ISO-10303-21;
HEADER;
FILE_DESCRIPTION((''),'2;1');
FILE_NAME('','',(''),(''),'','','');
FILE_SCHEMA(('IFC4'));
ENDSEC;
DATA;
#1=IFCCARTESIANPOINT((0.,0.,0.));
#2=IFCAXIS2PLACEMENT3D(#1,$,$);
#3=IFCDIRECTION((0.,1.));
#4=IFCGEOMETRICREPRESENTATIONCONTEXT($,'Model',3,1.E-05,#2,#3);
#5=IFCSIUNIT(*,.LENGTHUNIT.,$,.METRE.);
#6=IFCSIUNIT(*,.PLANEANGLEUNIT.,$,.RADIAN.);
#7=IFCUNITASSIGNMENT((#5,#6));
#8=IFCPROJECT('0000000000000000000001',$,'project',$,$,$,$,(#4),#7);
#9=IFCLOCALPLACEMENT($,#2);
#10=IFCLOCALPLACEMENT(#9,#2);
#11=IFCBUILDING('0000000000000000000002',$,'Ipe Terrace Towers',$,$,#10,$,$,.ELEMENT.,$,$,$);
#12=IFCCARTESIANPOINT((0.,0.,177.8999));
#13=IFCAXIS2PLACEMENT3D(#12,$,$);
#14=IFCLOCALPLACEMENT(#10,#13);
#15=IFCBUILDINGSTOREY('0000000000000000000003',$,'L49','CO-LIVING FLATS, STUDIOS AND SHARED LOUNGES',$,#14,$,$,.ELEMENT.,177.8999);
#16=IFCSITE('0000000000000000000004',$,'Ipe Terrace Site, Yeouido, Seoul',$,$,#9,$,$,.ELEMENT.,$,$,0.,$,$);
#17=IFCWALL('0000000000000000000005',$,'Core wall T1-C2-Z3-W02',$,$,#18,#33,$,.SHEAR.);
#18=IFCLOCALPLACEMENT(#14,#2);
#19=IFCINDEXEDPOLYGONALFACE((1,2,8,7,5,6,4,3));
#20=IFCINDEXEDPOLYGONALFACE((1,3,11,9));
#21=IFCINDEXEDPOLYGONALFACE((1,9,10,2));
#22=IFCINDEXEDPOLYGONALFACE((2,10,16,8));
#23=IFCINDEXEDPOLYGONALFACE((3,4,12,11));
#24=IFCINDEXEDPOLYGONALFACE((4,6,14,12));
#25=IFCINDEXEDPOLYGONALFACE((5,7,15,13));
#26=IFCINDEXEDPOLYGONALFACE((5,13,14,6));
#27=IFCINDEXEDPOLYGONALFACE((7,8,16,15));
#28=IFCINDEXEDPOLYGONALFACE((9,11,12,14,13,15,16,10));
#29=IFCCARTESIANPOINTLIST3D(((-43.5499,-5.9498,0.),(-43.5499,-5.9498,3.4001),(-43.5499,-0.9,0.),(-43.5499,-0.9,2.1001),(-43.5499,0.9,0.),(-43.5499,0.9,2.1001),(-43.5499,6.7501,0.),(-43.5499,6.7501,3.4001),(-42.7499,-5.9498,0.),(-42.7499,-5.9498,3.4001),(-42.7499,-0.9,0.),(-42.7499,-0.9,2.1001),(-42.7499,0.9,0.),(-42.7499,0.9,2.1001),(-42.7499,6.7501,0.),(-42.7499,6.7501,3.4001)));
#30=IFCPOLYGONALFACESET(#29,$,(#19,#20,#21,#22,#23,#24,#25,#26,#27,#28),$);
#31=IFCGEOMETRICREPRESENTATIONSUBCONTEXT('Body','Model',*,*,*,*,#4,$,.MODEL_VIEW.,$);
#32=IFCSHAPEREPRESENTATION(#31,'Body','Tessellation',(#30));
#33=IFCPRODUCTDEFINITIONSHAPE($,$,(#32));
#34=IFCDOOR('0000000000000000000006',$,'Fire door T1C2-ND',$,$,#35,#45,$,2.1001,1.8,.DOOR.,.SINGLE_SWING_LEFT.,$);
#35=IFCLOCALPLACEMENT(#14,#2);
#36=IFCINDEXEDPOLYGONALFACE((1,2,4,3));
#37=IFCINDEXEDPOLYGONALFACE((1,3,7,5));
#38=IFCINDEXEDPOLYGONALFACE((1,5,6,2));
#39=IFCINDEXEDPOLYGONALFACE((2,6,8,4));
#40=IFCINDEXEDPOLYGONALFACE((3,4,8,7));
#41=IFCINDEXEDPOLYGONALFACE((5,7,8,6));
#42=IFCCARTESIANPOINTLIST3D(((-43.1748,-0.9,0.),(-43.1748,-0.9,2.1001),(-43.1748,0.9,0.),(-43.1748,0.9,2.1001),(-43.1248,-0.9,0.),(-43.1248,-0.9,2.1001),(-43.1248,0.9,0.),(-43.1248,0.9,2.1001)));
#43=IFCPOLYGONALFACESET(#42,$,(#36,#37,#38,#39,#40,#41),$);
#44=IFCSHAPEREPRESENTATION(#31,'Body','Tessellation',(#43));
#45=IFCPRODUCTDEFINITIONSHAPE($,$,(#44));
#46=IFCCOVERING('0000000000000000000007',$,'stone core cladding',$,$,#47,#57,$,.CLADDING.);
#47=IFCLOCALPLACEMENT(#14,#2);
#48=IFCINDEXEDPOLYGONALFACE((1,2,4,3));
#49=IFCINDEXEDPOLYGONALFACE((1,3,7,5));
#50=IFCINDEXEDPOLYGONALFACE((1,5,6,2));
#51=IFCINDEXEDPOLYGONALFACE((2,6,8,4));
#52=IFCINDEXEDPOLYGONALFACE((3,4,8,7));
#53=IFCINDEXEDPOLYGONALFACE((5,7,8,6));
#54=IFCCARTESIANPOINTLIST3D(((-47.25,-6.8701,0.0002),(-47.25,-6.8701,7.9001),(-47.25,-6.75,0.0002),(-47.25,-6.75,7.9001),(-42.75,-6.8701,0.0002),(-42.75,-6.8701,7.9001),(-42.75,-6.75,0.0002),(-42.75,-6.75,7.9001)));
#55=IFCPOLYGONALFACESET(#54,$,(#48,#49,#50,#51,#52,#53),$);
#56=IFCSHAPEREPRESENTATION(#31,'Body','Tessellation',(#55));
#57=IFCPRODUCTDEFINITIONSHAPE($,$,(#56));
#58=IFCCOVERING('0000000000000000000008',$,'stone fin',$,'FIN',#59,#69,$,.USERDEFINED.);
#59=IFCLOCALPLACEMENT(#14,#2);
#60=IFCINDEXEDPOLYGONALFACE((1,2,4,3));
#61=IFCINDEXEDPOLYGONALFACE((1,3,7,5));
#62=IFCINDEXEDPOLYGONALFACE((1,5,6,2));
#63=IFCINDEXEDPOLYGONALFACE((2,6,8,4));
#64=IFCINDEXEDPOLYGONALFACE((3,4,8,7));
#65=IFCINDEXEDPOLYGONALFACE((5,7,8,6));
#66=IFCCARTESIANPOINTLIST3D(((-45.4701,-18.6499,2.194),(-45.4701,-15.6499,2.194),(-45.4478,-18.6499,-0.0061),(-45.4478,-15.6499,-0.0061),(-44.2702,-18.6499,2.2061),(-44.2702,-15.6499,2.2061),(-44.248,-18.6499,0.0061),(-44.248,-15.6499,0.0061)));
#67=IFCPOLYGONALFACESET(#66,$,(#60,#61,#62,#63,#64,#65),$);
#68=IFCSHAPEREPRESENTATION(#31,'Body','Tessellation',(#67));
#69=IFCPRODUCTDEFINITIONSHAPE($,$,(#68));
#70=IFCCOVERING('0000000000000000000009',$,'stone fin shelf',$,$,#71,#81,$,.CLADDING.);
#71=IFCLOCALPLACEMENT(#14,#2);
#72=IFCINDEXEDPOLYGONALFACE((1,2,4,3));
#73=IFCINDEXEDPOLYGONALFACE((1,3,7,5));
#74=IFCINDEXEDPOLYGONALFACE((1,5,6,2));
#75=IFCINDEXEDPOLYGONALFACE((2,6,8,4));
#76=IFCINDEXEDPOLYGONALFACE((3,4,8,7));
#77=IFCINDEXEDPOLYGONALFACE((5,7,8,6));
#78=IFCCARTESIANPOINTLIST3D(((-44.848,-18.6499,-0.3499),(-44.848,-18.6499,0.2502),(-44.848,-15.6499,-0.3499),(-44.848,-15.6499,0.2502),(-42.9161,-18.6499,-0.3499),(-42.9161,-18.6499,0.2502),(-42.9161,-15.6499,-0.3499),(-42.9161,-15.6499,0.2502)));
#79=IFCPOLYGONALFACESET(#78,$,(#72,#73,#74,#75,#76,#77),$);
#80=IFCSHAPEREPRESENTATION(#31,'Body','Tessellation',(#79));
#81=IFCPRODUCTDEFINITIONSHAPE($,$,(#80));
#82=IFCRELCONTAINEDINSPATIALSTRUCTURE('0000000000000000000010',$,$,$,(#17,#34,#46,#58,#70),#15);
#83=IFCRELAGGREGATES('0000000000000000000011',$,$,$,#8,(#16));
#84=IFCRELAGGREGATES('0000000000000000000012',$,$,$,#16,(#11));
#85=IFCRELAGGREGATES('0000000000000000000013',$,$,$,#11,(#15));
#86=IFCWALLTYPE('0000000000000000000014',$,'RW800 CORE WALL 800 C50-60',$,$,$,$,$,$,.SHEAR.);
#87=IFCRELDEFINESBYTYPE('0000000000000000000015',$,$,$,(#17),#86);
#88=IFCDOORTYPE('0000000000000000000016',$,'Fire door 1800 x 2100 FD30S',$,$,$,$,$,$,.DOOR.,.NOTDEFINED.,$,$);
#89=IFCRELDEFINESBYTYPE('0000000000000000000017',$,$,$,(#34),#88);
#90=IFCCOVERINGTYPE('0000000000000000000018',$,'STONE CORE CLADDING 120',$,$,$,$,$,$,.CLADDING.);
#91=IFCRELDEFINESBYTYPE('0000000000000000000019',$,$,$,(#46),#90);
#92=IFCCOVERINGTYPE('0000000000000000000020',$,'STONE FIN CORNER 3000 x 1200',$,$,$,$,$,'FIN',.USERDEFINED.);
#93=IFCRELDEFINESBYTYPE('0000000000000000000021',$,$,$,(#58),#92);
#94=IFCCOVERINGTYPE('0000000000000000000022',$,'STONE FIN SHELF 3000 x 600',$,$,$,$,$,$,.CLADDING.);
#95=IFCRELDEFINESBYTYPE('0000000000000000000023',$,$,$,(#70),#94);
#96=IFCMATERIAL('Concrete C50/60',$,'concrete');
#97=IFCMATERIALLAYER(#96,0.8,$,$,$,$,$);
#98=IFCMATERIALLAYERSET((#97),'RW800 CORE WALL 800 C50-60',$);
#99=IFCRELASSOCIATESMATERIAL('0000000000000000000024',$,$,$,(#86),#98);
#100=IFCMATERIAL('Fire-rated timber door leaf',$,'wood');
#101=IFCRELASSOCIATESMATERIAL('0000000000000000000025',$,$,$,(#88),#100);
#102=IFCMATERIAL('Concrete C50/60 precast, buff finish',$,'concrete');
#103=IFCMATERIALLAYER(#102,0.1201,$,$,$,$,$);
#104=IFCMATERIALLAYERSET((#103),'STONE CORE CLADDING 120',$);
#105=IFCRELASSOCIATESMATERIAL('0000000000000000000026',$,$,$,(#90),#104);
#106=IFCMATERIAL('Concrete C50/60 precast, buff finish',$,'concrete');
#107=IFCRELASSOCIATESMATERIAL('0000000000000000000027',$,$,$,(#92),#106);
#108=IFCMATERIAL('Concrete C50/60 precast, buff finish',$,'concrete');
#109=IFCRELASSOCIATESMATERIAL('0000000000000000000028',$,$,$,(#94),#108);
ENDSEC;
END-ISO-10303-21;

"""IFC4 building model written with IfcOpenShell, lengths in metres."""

from ifc_helpers import new_model, si_unit, direction, frame, frame_2d, origin, origin_2d, place, context, subcontext, project, spatial, rectangle, extrude, material, layer, layer_set, material_profile, profile_set, type_object, element, fill, save


model = new_model("IFC4")

# Units and contexts
model_context = context("Model", 3, precision=1e-05, world=origin(), true_north=direction((0.0, 1.0)))
body_context = subcontext(model_context, "Body", "Model", "MODEL_VIEW")
ifc_project = project(units=[si_unit("LENGTHUNIT", "METRE"), si_unit("PLANEANGLEUNIT", "RADIAN")], contexts=[model_context])

# Site, building, storey
site_placement = place(None, origin())
site = spatial("IfcSite", under=ifc_project, at=site_placement, Name="Ipe Terrace Site, Yeouido, Seoul", CompositionType="ELEMENT", RefElevation=0.0)
building_placement = place(site_placement, origin())
building = spatial("IfcBuilding", under=site, at=building_placement, Name="Ipe Terrace Towers", CompositionType="ELEMENT")
storey_placement = place(building_placement, frame((0.0, 0.0, 177.8999)))
storey = spatial("IfcBuildingStorey", under=building, at=storey_placement, Name="L49", Description="CO-LIVING FLATS, STUDIOS AND SHARED LOUNGES", CompositionType="ELEMENT", Elevation=177.8999)

# Shared definitions
ifc_material_1 = material(Name="Concrete C50/60", Category="concrete")
ifc_layer_1 = layer(ifc_material_1, 0.8)
ifc_layer_set_1 = layer_set([ifc_layer_1], Name="RW800 CORE WALL 800 C50-60")
wall_type_1 = type_object("IfcWallType", Name="RW800 CORE WALL 800 C50-60", PredefinedType="SHEAR", material=ifc_layer_set_1)

# Wall, opening, door
wall_1_placement = place(storey_placement, frame((-43.1499, -5.95, 0.0), z_axis=(0.0, 0.0, 1.0), x_axis=(0.0, 1.0, 0.0)))
wall_1 = element("IfcWall", 1, at=wall_1_placement, inside=storey, type_object=wall_type_1, Name="Core wall T1-C2-Z3-W02", PredefinedType="SHEAR", context=body_context, shape_type="SweptSolid", body=[
    extrude(rectangle(XDim=12.7, YDim=0.8, at=frame_2d((6.3501, 0.0))), origin(), (0.0, 0.0, 1.0), 3.4001),
])
opening_1_placement = place(wall_1_placement, frame((5.05, 0.0, 0.0)))
opening_1 = element("IfcOpeningElement", 2, at=opening_1_placement, cuts=wall_1, PredefinedType="OPENING", context=body_context, shape_type="SweptSolid", body=[
    extrude(rectangle(XDim=1.8, YDim=2.1001, at=frame_2d((0.8999, 1.05))), frame((0.0, 0.4102, 0.0), z_axis=(0.0, -1.0, 0.0), x_axis=(1.0, 0.0, 0.0)), (0.0, 0.0, 1.0), 0.8201),
])
ifc_material_2 = material(Name="Fire-rated timber door leaf", Category="wood")
door_type_1 = type_object("IfcDoorType", Name="Fire door 1800 x 2100 FD30S", OperationType="NOTDEFINED", PredefinedType="DOOR", material=ifc_material_2)
door_1_placement = place(opening_1_placement, origin())
door_1 = element("IfcDoor", 3, at=door_1_placement, inside=storey, type_object=door_type_1, Name="Fire door T1C2-ND", OperationType="SINGLE_SWING_LEFT", OverallHeight=2.1001, OverallWidth=1.8, PredefinedType="DOOR", context=body_context, shape_type="SweptSolid", body=[
    extrude(rectangle(XDim=1.8, YDim=2.1001, at=frame_2d((0.8999, 1.05))), frame((0.0, 0.0249, 0.0), z_axis=(0.0, -1.0, 0.0), x_axis=(1.0, 0.0, 0.0)), (0.0, 0.0, 1.0), 0.05),
])
fill(opening_1, door_1)

# Coverings
ifc_material_3 = material(Name="Concrete C50/60 precast, buff finish", Category="concrete")
ifc_layer_2 = layer(ifc_material_3, 0.1201)
ifc_layer_set_2 = layer_set([ifc_layer_2], Name="STONE CORE CLADDING 120")
covering_type_1 = type_object("IfcCoveringType", Name="STONE CORE CLADDING 120", PredefinedType="CLADDING", material=ifc_layer_set_2)
covering_1_placement = place(storey_placement, frame((-45.0, -6.8101, 0.0002), z_axis=(0.0, 0.0, 1.0), x_axis=(1.0, 0.0, 0.0)))
element("IfcCovering", 4, at=covering_1_placement, inside=storey, type_object=covering_type_1, Name="stone core cladding", PredefinedType="CLADDING", context=body_context, shape_type="SweptSolid", body=[
    extrude(rectangle(XDim=4.5, YDim=0.1201, at=origin_2d()), origin(), (0.0, 0.0, 1.0), 7.8999),
])
ifc_material_4 = material(Name="Concrete C50/60 precast, buff finish", Category="concrete")
ifc_material_profile_1 = material_profile(ifc_material_4, rectangle(XDim=3.0, YDim=1.2, at=origin_2d()), Name="STONE FIN CORNER 3000 x 1200")
ifc_profile_set_1 = profile_set([ifc_material_profile_1], Name="Concrete C50/60 precast, buff finish")
covering_type_2 = type_object("IfcCoveringType", Name="STONE FIN CORNER 3000 x 1200", ElementType="FIN", PredefinedType="USERDEFINED", material=ifc_profile_set_1)
covering_2_placement = place(storey_placement, frame((-44.8479, -17.1499, 0.0), z_axis=(-0.010097, 0.0, 0.999949), x_axis=(0.0, -1.0, 0.0)))
element("IfcCovering", 5, at=covering_2_placement, inside=storey, type_object=covering_type_2, Name="stone fin", ObjectType="FIN", PredefinedType="USERDEFINED", context=body_context, shape_type="SweptSolid", body=[
    extrude(rectangle(XDim=3.0, YDim=1.2, at=origin_2d()), origin(), (0.0, 0.0, 1.0), 2.2002),
])
ifc_material_5 = material(Name="Concrete C50/60 precast, buff finish", Category="concrete")
covering_type_3 = type_object("IfcCoveringType", Name="STONE FIN SHELF 3000 x 600", PredefinedType="CLADDING", material=ifc_material_5)
covering_3_placement = place(storey_placement, frame((-43.8821, -17.1499, -0.3499), z_axis=(0.0, 0.0, 1.0), x_axis=(0.0, -1.0, 0.0)))
element("IfcCovering", 6, at=covering_3_placement, inside=storey, type_object=covering_type_3, Name="stone fin shelf", PredefinedType="CLADDING", context=body_context, shape_type="SweptSolid", body=[
    extrude(rectangle(XDim=3.0, YDim=1.9319, at=origin_2d()), origin(), (0.0, 0.0, 1.0), 0.6001),
])

save(model, "model.ifc")
